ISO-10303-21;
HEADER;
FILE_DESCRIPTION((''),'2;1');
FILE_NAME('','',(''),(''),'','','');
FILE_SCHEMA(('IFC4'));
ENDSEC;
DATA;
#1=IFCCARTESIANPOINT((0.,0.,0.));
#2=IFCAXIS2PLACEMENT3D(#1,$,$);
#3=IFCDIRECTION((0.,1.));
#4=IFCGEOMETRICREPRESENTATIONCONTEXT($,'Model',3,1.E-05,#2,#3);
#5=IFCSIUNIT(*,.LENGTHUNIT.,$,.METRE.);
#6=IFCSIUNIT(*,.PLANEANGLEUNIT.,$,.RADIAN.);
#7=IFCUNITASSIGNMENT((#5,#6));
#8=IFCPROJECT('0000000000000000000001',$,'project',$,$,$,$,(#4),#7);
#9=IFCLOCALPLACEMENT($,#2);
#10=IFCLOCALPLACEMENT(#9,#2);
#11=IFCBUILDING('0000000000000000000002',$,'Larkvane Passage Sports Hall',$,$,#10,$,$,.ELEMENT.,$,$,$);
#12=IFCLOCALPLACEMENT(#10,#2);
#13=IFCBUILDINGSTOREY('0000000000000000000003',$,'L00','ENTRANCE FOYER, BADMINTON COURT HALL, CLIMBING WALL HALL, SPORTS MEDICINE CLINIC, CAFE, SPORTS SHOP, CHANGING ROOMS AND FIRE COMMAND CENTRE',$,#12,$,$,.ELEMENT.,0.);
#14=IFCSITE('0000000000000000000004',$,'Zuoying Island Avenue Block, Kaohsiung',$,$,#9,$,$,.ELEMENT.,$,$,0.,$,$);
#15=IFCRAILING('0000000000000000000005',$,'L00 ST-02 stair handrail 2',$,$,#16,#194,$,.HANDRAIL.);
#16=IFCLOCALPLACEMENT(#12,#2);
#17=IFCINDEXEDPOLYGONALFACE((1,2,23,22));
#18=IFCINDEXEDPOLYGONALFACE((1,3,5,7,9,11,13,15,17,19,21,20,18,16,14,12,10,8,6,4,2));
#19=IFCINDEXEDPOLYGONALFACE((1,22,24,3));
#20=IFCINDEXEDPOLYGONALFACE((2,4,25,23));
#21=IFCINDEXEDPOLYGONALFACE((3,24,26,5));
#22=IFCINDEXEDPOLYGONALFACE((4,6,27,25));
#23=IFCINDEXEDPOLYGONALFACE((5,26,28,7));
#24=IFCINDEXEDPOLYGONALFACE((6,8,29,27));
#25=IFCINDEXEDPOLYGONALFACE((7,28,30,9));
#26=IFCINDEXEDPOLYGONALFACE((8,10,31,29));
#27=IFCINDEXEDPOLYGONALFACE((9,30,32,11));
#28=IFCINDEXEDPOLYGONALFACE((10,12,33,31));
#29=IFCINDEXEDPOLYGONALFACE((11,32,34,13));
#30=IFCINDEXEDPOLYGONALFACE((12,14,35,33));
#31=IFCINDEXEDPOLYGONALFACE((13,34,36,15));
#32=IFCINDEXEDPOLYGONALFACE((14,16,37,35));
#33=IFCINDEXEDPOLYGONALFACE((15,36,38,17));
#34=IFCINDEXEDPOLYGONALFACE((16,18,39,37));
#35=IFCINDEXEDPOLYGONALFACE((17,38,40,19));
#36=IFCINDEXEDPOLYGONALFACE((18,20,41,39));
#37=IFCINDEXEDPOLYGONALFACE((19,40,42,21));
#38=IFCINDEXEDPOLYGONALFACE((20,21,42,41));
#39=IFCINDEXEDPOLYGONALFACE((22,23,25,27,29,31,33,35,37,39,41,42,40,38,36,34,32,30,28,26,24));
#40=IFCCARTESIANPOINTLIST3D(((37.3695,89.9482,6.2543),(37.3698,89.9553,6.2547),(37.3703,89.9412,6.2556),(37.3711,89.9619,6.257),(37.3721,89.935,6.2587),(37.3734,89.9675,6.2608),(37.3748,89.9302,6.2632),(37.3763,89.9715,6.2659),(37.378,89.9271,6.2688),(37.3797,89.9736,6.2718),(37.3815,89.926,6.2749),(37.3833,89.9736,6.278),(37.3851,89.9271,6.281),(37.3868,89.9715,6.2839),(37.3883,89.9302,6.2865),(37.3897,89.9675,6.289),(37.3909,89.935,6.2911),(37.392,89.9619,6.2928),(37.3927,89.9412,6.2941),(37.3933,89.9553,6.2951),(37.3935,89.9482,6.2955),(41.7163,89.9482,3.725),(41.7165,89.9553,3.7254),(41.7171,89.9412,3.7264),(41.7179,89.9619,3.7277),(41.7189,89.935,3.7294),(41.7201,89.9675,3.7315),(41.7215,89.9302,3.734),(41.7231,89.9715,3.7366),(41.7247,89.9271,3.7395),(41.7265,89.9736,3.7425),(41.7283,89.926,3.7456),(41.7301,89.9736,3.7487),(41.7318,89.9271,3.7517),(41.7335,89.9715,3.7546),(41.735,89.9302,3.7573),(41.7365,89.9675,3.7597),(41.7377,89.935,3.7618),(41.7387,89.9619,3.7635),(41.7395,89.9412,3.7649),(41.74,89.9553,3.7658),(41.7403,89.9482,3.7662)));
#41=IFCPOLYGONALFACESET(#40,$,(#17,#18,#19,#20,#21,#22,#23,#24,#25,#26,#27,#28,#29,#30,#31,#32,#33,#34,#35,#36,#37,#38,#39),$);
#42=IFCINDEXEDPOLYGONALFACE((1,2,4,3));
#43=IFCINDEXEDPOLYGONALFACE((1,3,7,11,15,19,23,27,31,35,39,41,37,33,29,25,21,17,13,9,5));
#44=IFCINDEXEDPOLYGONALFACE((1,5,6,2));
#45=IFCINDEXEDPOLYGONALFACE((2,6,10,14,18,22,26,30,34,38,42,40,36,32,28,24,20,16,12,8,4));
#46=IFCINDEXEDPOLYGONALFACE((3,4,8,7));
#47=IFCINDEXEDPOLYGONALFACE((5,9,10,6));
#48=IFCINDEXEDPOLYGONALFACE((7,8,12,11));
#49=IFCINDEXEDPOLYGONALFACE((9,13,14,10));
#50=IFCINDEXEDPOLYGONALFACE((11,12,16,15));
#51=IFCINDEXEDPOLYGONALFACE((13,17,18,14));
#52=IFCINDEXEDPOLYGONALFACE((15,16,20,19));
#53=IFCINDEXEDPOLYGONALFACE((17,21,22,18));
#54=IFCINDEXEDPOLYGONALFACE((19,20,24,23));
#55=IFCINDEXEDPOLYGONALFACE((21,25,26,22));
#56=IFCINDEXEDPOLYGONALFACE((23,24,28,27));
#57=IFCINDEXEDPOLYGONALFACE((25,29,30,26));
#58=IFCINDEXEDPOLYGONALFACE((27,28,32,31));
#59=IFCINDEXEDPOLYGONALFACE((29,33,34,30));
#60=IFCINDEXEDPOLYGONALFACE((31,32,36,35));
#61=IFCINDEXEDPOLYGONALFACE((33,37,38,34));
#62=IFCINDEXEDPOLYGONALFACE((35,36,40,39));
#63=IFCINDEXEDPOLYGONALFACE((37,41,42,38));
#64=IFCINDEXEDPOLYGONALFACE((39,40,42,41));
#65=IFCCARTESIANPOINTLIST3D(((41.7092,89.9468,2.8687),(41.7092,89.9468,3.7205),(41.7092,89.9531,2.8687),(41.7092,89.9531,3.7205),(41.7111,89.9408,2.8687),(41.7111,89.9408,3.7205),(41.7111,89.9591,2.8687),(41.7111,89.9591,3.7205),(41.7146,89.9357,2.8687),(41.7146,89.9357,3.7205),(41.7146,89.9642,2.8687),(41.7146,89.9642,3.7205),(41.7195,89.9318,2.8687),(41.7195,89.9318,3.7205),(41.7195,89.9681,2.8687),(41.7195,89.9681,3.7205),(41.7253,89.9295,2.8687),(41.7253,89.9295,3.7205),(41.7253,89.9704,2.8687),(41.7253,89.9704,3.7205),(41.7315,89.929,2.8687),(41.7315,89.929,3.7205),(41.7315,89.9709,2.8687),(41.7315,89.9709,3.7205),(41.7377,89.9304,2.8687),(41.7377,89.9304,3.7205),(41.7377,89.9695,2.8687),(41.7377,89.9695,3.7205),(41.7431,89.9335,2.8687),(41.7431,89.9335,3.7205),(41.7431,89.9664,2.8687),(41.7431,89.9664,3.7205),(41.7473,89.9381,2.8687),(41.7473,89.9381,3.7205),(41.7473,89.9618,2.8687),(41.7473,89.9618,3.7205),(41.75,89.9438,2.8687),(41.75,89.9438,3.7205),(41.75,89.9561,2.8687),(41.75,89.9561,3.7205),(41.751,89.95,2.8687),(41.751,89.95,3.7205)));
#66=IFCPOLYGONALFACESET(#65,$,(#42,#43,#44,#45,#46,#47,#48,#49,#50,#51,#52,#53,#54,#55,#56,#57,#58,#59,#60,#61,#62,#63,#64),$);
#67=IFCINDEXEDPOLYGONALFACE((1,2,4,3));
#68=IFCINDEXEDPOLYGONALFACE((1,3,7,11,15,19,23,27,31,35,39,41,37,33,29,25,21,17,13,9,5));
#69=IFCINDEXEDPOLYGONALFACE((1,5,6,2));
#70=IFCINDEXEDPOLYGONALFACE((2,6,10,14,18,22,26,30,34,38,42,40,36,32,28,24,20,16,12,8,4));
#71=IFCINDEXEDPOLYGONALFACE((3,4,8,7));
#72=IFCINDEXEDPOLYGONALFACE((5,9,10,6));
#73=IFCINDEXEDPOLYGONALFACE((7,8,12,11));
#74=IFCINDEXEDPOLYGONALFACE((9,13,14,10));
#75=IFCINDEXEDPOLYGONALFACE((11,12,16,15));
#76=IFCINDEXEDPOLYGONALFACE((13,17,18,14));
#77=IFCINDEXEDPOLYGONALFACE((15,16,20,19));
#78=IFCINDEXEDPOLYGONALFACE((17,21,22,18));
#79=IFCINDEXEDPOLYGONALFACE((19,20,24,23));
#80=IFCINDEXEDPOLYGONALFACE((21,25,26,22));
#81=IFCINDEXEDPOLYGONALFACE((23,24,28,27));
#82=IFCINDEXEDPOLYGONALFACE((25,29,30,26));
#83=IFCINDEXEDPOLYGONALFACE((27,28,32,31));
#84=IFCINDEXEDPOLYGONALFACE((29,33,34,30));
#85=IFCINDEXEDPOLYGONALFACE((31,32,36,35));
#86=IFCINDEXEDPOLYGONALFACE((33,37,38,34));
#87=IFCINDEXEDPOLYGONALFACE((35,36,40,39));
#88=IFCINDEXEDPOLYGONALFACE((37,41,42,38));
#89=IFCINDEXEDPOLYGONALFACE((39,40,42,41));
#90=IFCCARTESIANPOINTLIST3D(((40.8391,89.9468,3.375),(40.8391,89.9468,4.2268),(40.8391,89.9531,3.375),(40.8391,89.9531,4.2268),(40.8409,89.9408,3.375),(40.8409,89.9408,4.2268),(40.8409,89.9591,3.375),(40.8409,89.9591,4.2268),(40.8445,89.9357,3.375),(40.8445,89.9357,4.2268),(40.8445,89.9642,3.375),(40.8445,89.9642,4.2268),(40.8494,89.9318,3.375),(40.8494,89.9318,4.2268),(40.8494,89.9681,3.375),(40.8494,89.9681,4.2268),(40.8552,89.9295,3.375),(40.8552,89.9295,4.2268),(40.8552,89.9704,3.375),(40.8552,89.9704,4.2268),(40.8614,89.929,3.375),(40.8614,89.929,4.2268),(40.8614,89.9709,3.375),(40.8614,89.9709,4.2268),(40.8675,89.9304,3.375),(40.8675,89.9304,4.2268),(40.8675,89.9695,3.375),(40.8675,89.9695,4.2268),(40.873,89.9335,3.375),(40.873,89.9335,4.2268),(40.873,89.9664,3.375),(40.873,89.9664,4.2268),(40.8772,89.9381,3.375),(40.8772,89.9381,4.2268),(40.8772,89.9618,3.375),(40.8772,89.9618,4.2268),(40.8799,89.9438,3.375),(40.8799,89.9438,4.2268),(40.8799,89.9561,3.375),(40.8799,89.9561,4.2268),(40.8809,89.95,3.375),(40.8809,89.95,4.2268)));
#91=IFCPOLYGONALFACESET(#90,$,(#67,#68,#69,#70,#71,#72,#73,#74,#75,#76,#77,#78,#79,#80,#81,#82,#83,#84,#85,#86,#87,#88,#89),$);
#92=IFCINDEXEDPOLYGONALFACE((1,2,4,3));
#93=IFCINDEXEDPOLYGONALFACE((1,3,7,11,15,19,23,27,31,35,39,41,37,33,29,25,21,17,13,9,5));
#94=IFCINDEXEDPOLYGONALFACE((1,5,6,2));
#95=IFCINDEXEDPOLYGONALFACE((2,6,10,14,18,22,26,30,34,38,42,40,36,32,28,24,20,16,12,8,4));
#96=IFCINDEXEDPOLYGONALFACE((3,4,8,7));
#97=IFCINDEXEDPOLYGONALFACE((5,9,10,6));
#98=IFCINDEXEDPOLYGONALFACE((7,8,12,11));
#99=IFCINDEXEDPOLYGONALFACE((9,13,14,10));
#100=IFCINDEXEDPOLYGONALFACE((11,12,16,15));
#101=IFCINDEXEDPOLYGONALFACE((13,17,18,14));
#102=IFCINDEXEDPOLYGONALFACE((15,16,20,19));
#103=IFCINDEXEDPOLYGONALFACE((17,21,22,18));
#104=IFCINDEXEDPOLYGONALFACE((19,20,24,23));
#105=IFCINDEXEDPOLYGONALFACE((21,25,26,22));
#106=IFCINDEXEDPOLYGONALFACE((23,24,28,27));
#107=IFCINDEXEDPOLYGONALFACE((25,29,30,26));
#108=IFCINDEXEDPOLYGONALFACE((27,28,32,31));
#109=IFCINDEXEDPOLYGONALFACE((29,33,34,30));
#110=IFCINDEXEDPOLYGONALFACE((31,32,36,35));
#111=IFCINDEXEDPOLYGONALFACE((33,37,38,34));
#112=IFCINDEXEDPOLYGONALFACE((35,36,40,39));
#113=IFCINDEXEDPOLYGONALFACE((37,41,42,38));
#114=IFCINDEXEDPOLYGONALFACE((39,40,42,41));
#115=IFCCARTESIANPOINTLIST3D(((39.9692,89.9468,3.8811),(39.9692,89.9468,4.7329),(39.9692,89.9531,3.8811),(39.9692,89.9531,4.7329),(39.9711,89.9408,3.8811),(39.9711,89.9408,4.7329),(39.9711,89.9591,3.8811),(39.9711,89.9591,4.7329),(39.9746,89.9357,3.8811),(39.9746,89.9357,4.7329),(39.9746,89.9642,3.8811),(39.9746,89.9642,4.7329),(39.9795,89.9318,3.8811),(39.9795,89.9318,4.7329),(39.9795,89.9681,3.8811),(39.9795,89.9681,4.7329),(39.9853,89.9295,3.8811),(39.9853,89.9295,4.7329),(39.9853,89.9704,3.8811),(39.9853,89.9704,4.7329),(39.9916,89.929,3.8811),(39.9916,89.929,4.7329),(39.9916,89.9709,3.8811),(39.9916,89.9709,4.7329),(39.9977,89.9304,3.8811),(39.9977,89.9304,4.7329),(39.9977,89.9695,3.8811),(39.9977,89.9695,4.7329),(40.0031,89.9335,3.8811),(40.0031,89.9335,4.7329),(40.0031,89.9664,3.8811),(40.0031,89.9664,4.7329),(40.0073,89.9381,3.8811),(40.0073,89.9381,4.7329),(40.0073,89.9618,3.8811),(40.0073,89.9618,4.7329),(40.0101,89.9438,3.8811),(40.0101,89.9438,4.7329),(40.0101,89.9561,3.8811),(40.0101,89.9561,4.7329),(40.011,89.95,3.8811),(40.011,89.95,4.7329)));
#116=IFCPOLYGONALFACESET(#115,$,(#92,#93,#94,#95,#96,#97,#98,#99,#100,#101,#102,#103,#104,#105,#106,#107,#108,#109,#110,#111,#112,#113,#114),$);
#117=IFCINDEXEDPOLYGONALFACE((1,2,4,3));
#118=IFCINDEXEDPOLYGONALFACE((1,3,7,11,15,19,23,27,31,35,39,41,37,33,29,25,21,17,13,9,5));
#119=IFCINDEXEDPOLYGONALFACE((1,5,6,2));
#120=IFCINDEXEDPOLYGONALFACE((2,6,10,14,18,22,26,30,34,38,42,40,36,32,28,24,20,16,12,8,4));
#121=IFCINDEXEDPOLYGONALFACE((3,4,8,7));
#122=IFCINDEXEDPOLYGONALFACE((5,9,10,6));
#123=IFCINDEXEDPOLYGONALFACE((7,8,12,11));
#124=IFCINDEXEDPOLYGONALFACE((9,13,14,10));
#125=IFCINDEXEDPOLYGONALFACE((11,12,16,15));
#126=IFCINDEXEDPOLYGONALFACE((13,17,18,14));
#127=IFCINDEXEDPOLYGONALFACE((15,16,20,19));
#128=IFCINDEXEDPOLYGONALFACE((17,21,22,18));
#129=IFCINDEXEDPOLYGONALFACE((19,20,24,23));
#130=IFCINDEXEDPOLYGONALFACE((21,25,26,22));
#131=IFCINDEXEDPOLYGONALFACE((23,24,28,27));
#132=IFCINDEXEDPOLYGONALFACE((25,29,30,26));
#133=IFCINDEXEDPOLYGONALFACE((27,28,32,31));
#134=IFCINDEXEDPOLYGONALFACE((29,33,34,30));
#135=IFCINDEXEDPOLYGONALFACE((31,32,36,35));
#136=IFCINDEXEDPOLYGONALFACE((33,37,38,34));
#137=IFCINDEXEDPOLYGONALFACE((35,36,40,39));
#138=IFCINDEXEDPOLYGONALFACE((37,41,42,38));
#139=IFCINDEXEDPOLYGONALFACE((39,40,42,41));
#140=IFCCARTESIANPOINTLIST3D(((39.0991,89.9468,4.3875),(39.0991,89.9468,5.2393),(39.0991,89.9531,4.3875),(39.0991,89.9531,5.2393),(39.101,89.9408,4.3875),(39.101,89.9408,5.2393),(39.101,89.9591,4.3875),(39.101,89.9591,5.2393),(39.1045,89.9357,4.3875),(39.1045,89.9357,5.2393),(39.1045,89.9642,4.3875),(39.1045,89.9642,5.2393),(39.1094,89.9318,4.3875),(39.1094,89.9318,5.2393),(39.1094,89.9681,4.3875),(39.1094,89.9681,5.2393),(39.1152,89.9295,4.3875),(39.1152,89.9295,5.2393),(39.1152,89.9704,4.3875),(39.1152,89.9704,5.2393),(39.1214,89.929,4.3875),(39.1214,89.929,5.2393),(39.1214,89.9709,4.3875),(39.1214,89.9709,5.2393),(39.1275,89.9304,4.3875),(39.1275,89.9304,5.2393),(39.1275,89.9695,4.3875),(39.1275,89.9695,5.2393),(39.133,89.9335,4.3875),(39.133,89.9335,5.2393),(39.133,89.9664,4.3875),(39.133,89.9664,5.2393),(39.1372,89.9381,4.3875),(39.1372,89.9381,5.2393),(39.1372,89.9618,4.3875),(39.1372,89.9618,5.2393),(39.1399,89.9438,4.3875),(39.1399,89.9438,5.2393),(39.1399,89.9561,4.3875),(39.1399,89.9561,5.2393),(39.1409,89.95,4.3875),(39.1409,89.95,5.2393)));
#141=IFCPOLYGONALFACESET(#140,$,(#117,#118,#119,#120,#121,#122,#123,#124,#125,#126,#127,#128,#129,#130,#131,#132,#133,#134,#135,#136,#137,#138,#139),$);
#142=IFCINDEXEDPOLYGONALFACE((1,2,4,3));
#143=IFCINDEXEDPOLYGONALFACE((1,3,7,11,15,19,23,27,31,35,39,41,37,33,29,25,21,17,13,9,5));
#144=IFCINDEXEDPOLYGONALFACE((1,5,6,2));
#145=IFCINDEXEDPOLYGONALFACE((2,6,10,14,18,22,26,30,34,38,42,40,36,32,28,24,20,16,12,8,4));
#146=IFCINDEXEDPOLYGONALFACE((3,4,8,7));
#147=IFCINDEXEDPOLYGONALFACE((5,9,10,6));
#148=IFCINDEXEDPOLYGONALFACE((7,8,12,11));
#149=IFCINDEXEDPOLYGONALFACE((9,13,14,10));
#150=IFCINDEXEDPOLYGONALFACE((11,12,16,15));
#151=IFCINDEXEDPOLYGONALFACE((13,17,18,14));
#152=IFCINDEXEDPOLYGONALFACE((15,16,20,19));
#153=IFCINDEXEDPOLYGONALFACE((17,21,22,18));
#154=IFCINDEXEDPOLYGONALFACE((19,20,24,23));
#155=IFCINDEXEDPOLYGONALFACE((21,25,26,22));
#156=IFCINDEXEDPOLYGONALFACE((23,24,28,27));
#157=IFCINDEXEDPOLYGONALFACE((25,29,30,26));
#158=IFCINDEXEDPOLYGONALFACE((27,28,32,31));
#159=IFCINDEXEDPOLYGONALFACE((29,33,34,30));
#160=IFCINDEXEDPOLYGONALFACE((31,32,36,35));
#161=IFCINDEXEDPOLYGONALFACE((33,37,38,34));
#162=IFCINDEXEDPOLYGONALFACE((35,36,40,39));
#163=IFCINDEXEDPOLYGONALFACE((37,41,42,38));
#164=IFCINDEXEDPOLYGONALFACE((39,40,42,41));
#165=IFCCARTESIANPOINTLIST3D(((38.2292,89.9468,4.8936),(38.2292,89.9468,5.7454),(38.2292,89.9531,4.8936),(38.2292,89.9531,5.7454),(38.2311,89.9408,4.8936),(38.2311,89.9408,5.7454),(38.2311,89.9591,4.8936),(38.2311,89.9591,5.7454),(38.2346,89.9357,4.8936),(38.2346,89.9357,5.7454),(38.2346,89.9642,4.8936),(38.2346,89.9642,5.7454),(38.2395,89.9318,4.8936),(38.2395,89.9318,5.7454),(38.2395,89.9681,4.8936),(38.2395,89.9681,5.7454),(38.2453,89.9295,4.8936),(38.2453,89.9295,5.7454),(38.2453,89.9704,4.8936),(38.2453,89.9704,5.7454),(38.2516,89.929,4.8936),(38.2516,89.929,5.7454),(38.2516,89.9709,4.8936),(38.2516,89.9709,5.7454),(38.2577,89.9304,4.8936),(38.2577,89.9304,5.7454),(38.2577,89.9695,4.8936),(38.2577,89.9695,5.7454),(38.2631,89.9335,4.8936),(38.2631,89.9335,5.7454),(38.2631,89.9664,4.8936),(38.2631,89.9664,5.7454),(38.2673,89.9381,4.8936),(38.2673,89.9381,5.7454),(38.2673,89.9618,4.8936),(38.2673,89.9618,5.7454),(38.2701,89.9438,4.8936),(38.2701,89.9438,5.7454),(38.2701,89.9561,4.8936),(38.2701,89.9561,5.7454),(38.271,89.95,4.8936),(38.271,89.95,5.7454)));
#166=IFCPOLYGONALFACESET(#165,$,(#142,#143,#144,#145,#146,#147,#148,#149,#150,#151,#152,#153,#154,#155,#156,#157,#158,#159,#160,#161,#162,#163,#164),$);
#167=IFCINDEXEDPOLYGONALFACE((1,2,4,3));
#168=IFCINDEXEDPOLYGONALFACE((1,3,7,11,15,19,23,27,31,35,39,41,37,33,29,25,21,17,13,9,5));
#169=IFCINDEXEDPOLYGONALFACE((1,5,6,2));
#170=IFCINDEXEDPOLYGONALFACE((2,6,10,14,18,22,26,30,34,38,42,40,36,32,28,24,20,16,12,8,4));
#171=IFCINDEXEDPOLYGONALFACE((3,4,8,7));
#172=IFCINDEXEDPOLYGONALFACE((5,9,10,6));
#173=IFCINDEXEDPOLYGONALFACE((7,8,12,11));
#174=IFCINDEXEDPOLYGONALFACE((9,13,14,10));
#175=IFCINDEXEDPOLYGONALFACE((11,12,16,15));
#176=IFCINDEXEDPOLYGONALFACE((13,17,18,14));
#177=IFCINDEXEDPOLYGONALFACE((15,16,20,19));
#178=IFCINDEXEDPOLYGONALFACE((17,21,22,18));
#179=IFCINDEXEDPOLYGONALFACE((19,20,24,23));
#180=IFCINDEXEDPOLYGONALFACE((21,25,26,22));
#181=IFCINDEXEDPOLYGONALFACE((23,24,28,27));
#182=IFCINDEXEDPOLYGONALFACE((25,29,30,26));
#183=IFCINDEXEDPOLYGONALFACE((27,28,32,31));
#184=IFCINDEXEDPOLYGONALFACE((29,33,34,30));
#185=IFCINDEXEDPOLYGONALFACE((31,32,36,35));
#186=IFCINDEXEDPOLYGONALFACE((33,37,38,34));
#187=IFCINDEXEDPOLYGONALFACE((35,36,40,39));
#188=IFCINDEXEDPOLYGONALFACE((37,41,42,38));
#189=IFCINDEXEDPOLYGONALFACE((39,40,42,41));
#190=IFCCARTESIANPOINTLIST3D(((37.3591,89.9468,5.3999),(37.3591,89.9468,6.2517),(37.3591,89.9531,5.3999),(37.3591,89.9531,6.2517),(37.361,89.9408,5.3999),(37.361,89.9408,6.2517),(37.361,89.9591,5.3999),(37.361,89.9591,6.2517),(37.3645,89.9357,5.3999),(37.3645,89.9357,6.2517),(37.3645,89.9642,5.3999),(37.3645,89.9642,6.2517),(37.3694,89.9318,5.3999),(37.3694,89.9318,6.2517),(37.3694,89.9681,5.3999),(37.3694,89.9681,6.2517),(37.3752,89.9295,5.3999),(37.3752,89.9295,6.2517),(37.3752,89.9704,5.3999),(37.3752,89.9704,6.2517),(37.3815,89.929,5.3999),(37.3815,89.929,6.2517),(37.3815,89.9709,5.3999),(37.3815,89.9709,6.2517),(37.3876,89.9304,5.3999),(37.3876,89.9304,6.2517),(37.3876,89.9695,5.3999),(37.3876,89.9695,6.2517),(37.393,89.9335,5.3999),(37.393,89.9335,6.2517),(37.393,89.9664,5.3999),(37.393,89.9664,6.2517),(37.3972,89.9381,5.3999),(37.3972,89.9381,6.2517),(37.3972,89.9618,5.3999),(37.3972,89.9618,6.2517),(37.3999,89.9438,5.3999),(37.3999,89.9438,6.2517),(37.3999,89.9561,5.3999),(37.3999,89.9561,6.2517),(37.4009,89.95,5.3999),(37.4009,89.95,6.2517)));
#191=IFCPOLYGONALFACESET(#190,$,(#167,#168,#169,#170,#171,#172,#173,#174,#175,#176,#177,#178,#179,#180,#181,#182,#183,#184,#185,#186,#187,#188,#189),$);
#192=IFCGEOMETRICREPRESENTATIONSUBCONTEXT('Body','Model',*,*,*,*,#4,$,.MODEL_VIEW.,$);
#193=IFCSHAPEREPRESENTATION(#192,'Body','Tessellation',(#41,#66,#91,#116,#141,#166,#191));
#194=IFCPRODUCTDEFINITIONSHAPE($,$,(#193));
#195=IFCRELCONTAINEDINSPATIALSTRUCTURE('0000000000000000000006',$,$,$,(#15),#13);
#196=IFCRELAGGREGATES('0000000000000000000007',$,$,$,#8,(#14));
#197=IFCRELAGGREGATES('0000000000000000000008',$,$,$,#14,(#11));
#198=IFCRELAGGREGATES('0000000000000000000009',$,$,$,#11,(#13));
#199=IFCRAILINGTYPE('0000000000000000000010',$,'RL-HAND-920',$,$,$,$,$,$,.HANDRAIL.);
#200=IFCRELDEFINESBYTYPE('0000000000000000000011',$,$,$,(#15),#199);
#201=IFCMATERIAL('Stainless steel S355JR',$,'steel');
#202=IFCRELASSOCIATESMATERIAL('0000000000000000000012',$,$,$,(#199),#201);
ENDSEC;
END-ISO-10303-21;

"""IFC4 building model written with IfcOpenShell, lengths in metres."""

from ifc_helpers import new_model, si_unit, direction, frame, origin, origin_2d, place, context, subcontext, project, spatial, circle, extrude, material, type_object, element, save


model = new_model("IFC4")

# Units and contexts
model_context = context("Model", 3, precision=1e-05, world=origin(), true_north=direction((0.0, 1.0)))
body_context = subcontext(model_context, "Body", "Model", "MODEL_VIEW")
ifc_project = project(units=[si_unit("LENGTHUNIT", "METRE"), si_unit("PLANEANGLEUNIT", "RADIAN")], contexts=[model_context])

# Site, building, storey
site_placement = place(None, origin())
site = spatial("IfcSite", under=ifc_project, at=site_placement, Name="Zuoying Island Avenue Block, Kaohsiung", CompositionType="ELEMENT", RefElevation=0.0)
building_placement = place(site_placement, origin())
building = spatial("IfcBuilding", under=site, at=building_placement, Name="Larkvane Passage Sports Hall", CompositionType="ELEMENT")
storey_placement = place(building_placement, origin())
storey = spatial("IfcBuildingStorey", under=building, at=storey_placement, Name="L00", Description="ENTRANCE FOYER, BADMINTON COURT HALL, CLIMBING WALL HALL, SPORTS MEDICINE CLINIC, CAFE, SPORTS SHOP, CHANGING ROOMS AND FIRE COMMAND CENTRE", CompositionType="ELEMENT", Elevation=0.0)

# Railing
ifc_material_1 = material(Name="Stainless steel S355JR", Category="steel")
railing_type_1 = type_object("IfcRailingType", Name="RL-HAND-920", PredefinedType="HANDRAIL", material=ifc_material_1)
railing_1_placement = place(storey_placement, frame((41.73, 89.95, 2.8687)))
element("IfcRailing", 1, at=railing_1_placement, inside=storey, type_object=railing_type_1, Name="L00 ST-02 stair handrail 2", PredefinedType="HANDRAIL", context=body_context, shape_type="SweptSolid", body=[
    extrude(circle(Radius=0.0239, at=origin_2d()), frame((-0.0017, 0.0, 0.877), z_axis=(-0.864324, 0.0, 0.502936), x_axis=(0.0, -1.0, 0.0)), (0.0, 0.0, 1.0), 5.0291),
    extrude(circle(Radius=0.021, at=origin_2d()), origin(), (0.0, 0.0, 1.0), 0.8518),
    extrude(circle(Radius=0.021, at=origin_2d()), frame((-0.8701, 0.0, 0.5063)), (0.0, 0.0, 1.0), 0.8518),
    extrude(circle(Radius=0.021, at=origin_2d()), frame((-1.74, 0.0, 1.0125)), (0.0, 0.0, 1.0), 0.8518),
    extrude(circle(Radius=0.021, at=origin_2d()), frame((-2.6101, 0.0, 1.5188)), (0.0, 0.0, 1.0), 0.8518),
    extrude(circle(Radius=0.021, at=origin_2d()), frame((-3.48, 0.0, 2.0249)), (0.0, 0.0, 1.0), 0.8518),
    extrude(circle(Radius=0.021, at=origin_2d()), frame((-4.3501, 0.0, 2.5312)), (0.0, 0.0, 1.0), 0.8518),
])

save(model, "model.ifc")
